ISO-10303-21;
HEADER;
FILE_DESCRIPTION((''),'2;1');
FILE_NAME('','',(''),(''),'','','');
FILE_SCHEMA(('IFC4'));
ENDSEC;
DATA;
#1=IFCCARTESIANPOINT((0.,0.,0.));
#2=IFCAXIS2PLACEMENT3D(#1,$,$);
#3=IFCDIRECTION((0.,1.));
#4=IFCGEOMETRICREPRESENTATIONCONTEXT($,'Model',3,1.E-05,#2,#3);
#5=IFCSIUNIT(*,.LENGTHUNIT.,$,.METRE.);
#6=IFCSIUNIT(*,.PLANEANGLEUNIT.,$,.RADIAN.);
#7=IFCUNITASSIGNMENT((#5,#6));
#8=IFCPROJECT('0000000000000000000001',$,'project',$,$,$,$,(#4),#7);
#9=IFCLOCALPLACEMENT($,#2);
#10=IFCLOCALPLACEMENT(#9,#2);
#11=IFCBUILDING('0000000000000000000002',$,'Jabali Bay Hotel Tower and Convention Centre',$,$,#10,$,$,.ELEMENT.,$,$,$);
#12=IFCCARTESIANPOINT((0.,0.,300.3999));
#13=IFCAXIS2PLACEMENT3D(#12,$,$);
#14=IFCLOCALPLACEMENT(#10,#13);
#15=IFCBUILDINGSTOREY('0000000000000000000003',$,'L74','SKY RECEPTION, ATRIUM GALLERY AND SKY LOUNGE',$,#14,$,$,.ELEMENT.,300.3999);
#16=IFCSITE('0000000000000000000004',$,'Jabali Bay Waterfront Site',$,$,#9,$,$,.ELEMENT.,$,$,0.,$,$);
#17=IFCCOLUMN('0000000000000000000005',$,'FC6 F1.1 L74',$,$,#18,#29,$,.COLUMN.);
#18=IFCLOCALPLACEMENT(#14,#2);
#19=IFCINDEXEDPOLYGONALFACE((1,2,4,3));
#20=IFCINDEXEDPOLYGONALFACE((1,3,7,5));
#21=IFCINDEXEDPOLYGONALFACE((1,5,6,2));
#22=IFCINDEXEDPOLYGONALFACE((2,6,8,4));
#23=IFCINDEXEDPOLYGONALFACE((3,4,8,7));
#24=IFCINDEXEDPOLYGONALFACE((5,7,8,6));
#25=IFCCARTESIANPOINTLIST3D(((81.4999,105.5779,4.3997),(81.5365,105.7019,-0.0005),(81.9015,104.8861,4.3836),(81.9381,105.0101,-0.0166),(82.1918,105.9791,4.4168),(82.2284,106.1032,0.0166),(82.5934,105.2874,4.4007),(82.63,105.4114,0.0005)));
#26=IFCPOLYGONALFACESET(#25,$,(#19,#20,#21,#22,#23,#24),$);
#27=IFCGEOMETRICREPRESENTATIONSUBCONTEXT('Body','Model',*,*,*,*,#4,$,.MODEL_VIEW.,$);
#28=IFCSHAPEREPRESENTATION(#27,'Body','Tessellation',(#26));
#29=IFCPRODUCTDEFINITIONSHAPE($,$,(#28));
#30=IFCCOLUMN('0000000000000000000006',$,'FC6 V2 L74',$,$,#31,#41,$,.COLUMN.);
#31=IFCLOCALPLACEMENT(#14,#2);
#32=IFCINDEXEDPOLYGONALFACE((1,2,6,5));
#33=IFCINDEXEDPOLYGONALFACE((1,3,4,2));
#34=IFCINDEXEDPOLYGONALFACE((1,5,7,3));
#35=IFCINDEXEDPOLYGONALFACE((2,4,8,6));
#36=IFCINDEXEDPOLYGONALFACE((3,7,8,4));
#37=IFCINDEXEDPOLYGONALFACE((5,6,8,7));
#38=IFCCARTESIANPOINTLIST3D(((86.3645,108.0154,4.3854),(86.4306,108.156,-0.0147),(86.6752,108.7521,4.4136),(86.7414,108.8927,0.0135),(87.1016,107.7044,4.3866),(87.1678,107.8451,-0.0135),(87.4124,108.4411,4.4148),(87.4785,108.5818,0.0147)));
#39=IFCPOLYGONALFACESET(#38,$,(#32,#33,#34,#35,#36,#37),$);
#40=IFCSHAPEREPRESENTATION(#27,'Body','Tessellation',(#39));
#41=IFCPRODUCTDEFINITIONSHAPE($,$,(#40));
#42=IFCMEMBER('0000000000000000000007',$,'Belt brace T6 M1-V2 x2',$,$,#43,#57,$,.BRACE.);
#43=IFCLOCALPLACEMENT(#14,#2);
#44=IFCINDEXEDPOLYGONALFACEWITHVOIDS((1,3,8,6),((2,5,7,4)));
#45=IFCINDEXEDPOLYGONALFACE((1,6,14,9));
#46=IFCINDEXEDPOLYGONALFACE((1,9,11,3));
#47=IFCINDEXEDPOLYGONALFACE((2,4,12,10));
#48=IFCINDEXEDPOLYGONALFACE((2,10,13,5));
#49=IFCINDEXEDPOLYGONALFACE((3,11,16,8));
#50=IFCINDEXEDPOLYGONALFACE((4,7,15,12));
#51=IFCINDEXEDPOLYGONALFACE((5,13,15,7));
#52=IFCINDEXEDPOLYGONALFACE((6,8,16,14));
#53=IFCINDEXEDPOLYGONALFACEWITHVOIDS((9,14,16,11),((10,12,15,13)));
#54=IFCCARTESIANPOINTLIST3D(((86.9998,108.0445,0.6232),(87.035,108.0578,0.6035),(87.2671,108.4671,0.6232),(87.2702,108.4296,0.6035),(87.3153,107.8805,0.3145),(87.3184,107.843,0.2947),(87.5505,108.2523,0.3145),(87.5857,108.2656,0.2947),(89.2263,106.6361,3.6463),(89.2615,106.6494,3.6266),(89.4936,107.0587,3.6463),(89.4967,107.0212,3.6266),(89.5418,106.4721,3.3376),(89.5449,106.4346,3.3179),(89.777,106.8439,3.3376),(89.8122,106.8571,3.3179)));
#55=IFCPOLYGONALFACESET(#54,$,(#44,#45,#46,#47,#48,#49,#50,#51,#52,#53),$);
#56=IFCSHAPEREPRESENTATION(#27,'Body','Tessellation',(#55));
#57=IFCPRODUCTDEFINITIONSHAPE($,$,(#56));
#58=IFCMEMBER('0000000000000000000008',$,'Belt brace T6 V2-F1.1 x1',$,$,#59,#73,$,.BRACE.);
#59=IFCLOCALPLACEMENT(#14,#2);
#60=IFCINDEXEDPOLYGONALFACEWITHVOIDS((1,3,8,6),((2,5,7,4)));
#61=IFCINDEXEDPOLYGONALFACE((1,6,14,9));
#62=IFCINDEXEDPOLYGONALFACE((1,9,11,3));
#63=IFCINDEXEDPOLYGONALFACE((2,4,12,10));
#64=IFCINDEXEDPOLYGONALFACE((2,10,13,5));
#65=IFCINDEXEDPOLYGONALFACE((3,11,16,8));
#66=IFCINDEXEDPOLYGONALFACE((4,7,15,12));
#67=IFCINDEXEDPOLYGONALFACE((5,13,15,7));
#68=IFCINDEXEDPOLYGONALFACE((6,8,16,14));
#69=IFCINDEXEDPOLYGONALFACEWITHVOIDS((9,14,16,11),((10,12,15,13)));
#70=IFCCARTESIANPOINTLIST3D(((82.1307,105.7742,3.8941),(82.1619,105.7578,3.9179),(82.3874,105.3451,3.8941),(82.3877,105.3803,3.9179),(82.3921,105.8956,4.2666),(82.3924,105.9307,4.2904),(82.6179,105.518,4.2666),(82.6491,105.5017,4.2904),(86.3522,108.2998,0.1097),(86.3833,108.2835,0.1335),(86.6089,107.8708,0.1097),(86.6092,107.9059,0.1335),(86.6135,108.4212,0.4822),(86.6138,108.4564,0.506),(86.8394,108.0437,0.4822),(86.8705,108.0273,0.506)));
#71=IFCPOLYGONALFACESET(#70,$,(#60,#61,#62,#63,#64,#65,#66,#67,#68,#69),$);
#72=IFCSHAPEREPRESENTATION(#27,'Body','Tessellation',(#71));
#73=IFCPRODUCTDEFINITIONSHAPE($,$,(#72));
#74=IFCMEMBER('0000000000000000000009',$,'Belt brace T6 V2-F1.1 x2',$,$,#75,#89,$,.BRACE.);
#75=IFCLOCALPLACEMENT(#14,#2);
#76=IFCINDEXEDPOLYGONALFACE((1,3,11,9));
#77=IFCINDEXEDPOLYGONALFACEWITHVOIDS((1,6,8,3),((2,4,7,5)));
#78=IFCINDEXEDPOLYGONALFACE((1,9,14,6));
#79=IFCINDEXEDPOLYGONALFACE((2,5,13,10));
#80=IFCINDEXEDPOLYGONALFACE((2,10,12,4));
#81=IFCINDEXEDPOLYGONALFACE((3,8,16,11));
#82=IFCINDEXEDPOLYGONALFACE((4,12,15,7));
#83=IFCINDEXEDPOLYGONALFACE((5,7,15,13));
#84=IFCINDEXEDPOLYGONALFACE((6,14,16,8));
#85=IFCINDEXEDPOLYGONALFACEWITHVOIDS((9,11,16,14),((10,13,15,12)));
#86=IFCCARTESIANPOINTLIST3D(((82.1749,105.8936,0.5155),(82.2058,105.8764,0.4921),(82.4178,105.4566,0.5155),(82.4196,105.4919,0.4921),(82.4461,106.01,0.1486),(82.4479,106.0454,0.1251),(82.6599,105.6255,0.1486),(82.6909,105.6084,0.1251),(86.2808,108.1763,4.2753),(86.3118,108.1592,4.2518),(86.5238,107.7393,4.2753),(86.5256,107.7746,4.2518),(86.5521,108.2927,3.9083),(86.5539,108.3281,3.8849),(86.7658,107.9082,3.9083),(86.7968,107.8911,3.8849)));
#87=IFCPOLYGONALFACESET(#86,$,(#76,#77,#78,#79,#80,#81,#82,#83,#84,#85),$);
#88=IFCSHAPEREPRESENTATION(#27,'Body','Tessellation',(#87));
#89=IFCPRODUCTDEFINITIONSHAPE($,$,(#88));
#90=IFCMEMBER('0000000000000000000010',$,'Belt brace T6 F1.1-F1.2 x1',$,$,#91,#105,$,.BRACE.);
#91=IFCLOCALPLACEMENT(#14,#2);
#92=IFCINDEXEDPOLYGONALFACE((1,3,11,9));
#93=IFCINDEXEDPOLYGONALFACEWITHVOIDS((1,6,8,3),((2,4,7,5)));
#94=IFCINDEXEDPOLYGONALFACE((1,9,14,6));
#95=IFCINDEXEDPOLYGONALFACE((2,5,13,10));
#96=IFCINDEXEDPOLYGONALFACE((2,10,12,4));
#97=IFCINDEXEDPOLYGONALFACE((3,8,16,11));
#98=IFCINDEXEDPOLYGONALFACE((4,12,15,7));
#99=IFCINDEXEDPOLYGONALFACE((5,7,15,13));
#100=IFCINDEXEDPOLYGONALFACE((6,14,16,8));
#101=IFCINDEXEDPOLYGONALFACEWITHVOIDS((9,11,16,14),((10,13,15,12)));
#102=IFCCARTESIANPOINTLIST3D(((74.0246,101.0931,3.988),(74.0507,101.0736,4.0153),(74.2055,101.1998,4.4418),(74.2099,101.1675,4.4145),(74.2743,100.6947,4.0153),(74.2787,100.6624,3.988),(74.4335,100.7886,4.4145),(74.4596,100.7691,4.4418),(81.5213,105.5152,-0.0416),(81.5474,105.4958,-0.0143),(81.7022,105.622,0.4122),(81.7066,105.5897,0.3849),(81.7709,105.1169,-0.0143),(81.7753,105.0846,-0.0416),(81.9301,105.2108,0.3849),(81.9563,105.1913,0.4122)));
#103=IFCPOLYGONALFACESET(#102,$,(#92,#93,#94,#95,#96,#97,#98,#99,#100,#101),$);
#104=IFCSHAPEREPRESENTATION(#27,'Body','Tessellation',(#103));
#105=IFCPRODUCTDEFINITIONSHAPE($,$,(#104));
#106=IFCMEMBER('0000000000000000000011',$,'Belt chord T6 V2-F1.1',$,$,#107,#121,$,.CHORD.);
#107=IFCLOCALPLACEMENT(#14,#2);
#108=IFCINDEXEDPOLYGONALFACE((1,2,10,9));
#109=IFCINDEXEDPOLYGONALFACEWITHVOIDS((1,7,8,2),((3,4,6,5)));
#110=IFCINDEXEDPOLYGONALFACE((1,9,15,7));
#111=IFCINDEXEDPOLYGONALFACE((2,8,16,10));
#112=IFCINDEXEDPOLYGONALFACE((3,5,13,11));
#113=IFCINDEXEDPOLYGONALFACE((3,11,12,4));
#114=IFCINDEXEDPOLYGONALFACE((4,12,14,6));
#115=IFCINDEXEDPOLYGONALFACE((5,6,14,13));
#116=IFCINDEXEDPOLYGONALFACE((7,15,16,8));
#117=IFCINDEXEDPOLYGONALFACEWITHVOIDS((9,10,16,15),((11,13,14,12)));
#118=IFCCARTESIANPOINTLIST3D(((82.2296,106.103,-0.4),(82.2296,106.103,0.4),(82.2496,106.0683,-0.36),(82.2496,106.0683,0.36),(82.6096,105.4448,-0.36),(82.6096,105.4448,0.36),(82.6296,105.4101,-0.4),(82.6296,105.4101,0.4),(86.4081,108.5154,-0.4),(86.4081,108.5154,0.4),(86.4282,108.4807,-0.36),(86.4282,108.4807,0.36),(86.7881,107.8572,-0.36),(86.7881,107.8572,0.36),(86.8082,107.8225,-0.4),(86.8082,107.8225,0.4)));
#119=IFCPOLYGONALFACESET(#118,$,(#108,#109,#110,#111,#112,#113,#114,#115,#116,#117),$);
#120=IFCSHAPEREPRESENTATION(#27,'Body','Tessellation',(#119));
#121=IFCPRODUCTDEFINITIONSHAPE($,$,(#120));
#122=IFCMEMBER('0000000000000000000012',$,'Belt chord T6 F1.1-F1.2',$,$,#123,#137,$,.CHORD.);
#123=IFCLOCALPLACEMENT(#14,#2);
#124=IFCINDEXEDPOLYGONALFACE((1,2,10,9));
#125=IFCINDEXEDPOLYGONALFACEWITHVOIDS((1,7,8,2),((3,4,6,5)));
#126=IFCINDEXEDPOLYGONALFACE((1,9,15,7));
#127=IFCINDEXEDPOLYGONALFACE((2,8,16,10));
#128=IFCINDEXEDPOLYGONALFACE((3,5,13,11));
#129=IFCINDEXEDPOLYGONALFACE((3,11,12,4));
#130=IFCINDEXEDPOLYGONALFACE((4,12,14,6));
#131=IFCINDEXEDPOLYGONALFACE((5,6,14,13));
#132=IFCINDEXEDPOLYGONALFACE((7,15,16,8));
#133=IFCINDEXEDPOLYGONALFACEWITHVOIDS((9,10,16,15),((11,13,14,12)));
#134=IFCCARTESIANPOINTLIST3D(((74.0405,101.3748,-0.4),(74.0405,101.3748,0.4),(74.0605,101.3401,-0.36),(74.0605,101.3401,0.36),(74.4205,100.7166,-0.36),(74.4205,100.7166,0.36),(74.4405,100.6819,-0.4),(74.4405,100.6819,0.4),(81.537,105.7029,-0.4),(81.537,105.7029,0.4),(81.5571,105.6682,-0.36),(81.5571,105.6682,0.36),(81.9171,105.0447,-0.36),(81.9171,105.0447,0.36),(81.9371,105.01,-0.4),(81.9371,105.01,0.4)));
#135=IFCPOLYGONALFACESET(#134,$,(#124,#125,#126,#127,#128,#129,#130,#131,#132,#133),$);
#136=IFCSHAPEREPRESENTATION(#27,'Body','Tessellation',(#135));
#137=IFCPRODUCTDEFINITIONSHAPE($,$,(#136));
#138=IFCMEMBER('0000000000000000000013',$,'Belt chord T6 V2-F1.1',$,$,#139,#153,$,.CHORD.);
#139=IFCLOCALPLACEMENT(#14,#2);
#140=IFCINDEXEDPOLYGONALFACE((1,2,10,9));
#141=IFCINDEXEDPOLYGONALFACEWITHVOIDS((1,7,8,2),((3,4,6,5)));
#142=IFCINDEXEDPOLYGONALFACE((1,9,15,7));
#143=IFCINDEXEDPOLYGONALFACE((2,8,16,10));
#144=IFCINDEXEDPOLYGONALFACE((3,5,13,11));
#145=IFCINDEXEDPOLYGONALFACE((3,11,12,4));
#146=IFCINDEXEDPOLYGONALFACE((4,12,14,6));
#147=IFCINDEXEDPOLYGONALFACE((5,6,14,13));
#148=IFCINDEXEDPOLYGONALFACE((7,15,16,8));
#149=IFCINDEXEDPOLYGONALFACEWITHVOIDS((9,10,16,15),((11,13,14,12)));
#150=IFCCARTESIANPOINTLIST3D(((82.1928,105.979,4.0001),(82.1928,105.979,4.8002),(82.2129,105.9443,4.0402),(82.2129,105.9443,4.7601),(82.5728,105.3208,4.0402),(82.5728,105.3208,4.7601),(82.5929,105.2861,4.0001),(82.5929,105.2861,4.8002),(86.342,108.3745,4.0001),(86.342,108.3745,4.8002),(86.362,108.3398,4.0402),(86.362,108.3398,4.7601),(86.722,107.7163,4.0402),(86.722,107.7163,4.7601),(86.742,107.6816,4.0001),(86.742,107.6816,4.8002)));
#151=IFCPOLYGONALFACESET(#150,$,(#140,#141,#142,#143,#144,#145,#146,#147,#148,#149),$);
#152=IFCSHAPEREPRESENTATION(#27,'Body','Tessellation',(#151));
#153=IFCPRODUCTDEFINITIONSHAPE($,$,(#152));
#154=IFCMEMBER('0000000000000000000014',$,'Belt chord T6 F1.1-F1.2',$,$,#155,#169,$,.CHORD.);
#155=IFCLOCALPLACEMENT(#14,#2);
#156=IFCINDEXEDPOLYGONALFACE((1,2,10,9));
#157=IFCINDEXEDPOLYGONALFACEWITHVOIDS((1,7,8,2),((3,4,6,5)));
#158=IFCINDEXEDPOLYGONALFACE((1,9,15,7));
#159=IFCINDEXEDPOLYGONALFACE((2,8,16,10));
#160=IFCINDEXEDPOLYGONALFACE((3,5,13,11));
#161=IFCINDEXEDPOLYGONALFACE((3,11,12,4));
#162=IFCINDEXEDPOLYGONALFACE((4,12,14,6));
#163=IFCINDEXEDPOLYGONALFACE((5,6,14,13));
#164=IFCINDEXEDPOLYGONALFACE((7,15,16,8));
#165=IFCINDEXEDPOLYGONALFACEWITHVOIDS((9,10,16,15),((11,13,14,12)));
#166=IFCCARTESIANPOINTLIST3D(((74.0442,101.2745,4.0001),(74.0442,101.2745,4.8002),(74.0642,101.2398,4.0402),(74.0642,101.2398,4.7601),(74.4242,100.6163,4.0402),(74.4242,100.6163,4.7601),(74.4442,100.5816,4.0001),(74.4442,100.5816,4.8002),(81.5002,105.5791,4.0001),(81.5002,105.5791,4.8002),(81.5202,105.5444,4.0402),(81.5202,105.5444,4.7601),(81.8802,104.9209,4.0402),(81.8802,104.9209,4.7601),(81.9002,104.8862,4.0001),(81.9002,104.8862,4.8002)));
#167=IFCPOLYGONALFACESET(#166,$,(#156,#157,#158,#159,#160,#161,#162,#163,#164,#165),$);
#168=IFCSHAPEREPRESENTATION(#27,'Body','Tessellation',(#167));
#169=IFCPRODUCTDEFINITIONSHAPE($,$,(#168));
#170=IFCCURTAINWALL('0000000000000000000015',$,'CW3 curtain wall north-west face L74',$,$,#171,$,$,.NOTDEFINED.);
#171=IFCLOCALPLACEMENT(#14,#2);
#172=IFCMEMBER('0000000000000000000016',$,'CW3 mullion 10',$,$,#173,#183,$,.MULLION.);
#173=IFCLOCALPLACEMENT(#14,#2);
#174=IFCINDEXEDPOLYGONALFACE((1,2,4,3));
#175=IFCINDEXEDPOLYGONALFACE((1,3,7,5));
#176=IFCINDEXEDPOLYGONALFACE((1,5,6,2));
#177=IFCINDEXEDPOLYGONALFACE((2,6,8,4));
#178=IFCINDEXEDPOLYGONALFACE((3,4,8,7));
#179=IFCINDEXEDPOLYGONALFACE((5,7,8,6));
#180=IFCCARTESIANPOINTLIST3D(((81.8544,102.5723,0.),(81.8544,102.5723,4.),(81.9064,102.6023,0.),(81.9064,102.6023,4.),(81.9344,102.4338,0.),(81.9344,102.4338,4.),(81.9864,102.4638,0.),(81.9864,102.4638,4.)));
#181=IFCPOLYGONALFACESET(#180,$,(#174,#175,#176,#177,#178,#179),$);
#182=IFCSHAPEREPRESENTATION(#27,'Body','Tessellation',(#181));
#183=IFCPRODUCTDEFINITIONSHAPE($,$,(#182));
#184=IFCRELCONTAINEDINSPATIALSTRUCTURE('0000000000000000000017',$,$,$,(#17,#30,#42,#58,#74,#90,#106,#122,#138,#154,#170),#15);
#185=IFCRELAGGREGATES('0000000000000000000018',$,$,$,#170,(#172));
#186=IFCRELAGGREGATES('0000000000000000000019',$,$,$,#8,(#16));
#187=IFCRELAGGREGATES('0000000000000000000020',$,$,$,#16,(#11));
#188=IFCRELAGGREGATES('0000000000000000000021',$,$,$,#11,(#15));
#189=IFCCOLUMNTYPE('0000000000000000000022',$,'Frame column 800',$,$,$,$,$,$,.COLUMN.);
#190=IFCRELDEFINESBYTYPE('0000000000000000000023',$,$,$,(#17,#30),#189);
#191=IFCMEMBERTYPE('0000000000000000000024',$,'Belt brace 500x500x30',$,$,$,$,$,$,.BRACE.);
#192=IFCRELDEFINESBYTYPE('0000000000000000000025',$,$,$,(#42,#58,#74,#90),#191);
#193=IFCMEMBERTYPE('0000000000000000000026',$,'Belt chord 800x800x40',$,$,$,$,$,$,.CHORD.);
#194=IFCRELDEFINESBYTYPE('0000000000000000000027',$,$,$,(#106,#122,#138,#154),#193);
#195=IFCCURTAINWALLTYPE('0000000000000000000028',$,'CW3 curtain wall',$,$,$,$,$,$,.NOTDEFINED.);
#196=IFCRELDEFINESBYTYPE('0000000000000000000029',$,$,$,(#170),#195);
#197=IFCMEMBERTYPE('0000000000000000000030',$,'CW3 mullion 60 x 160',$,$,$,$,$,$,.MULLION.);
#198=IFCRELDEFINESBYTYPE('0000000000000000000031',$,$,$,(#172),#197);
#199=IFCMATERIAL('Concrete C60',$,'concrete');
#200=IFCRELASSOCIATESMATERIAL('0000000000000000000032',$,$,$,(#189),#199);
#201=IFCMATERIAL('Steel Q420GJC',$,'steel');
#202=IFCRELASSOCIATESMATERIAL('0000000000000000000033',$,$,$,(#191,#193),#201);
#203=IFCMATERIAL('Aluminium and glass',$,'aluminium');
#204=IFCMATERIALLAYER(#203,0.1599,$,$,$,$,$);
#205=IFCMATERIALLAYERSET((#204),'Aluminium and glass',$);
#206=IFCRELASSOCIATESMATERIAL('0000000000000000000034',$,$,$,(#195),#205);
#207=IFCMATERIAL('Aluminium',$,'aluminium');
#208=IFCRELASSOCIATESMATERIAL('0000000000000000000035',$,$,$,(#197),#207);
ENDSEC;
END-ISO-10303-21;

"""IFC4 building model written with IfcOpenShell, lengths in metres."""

from ifc_helpers import new_model, si_unit, direction, frame, origin, origin_2d, place, context, subcontext, project, spatial, rectangle, hollow_rectangle, extrude, material, layer, layer_set, material_profile, profile_set, type_object, element, aggregate, save


model = new_model("IFC4")

# Units and contexts
model_context = context("Model", 3, precision=1e-05, world=origin(), true_north=direction((0.0, 1.0)))
body_context = subcontext(model_context, "Body", "Model", "MODEL_VIEW")
ifc_project = project(units=[si_unit("LENGTHUNIT", "METRE"), si_unit("PLANEANGLEUNIT", "RADIAN")], contexts=[model_context])

# Site, building, storey
site_placement = place(None, origin())
site = spatial("IfcSite", under=ifc_project, at=site_placement, Name="Jabali Bay Waterfront Site", CompositionType="ELEMENT", RefElevation=0.0)
building_placement = place(site_placement, origin())
building = spatial("IfcBuilding", under=site, at=building_placement, Name="Jabali Bay Hotel Tower and Convention Centre", CompositionType="ELEMENT")
storey_placement = place(building_placement, frame((0.0, 0.0, 300.3999)))
storey = spatial("IfcBuildingStorey", under=building, at=storey_placement, Name="L74", Description="SKY RECEPTION, ATRIUM GALLERY AND SKY LOUNGE", CompositionType="ELEMENT", Elevation=300.3999)

# Columns
ifc_material_1 = material(Name="Concrete C60", Category="concrete")
ifc_material_profile_1 = material_profile(ifc_material_1, rectangle(XDim=0.8, YDim=0.8, at=origin_2d()), Name="Frame column 800")
ifc_profile_set_1 = profile_set([ifc_material_profile_1], Name="Concrete C60")
column_type = type_object("IfcColumnType", Name="Frame column 800", PredefinedType="COLUMN", material=ifc_profile_set_1)
column_1_placement = place(storey_placement, frame((82.0833, 105.5566, 0.0), z_axis=(-0.008319, -0.028174, 0.999568), x_axis=(0.864859, 0.501562, 0.021335)))
element("IfcColumn", 1, at=column_1_placement, inside=storey, type_object=column_type, Name="FC6 F1.1 L74", PredefinedType="COLUMN", context=body_context, shape_type="SweptSolid", body=[
    extrude(rectangle(XDim=0.8, YDim=0.8, at=origin_2d()), origin(), (0.0, 0.0, 1.0), 4.4021),
])
column_2_placement = place(storey_placement, frame((86.9546, 108.3689, 0.0), z_axis=(-0.015027, -0.031939, 0.999377), x_axis=(0.921361, -0.388706, 0.001431)))
element("IfcColumn", 2, at=column_2_placement, inside=storey, type_object=column_type, Name="FC6 V2 L74", PredefinedType="COLUMN", context=body_context, shape_type="SweptSolid", body=[
    extrude(rectangle(XDim=0.8, YDim=0.8, at=origin_2d()), origin(), (0.0, 0.0, 1.0), 4.4028),
])

# Members
ifc_material_2 = material(Name="Steel Q420GJC", Category="steel")
ifc_material_profile_2 = material_profile(ifc_material_2, hollow_rectangle(XDim=0.5, YDim=0.5, WallThickness=0.03, at=origin_2d()), Name="Belt brace 500x500x30")
ifc_profile_set_2 = profile_set([ifc_material_profile_2], Name="Steel Q420GJC")
member_type_1 = type_object("IfcMemberType", Name="Belt brace 500x500x30", PredefinedType="BRACE", material=ifc_profile_set_2)
member_1_placement = place(storey_placement, frame((87.2927, 108.155, 0.459), z_axis=(0.555237, -0.351224, 0.753892), x_axis=(0.534589, 0.845112, 0.0)))
element("IfcMember", 3, at=member_1_placement, inside=storey, type_object=member_type_1, Name="Belt brace T6 M1-V2 x2", PredefinedType="BRACE", context=body_context, shape_type="SweptSolid", body=[
    extrude(hollow_rectangle(XDim=0.5, YDim=0.5, WallThickness=0.03, at=origin_2d()), origin(), (0.0, 0.0, 1.0), 4.01),
])
member_2_placement = place(storey_placement, frame((86.6113, 108.1636, 0.3079), z_axis=(-0.680159, -0.406931, 0.609747), x_axis=(0.513415, -0.85814, 0.0)))
element("IfcMember", 4, at=member_2_placement, inside=storey, type_object=member_type_1, Name="Belt brace T6 V2-F1.1 x1", PredefinedType="BRACE", context=body_context, shape_type="SweptSolid", body=[
    extrude(hollow_rectangle(XDim=0.5, YDim=0.5, WallThickness=0.03, at=origin_2d()), origin(), (0.0, 0.0, 1.0), 6.2065),
])
member_3_placement = place(storey_placement, frame((82.4329, 105.751, 0.3203), z_axis=(0.682381, 0.379371, 0.624847), x_axis=(-0.485908, 0.87401, 0.0)))
element("IfcMember", 5, at=member_3_placement, inside=storey, type_object=member_type_1, Name="Belt brace T6 V2-F1.1 x2", PredefinedType="BRACE", context=body_context, shape_type="SweptSolid", body=[
    extrude(hollow_rectangle(XDim=0.5, YDim=0.5, WallThickness=0.03, at=origin_2d()), origin(), (0.0, 0.0, 1.0), 6.0171),
])
member_4_placement = place(storey_placement, frame((81.7388, 105.3533, 0.1853), z_axis=(-0.781611, -0.46106, 0.420129), x_axis=(0.508075, -0.861313, 0.0)))
element("IfcMember", 6, at=member_4_placement, inside=storey, type_object=member_type_1, Name="Belt brace T6 F1.1-F1.2 x1", PredefinedType="BRACE", context=body_context, shape_type="SweptSolid", body=[
    extrude(hollow_rectangle(XDim=0.5, YDim=0.5, WallThickness=0.03, at=origin_2d()), origin(), (0.0, 0.0, 1.0), 9.5913),
])
ifc_material_profile_3 = material_profile(ifc_material_2, hollow_rectangle(XDim=0.8, YDim=0.8, WallThickness=0.04, at=origin_2d()), Name="Belt chord 800x800x40")
ifc_profile_set_3 = profile_set([ifc_material_profile_3], Name="Steel Q420GJC")
member_type_2 = type_object("IfcMemberType", Name="Belt chord 800x800x40", PredefinedType="CHORD", material=ifc_profile_set_3)
member_5_placement = place(storey_placement, frame((86.6082, 108.1689, 0.0), z_axis=(-0.866033, -0.499987, 0.0), x_axis=(0.499987, -0.866033, 0.0)))
element("IfcMember", 7, at=member_5_placement, inside=storey, type_object=member_type_2, Name="Belt chord T6 V2-F1.1", PredefinedType="CHORD", context=body_context, shape_type="SweptSolid", body=[
    extrude(hollow_rectangle(XDim=0.8, YDim=0.8, WallThickness=0.04, at=origin_2d()), origin(), (0.0, 0.0, 1.0), 4.825),
])
member_6_placement = place(storey_placement, frame((81.7371, 105.3564, 0.0), z_axis=(-0.866027, -0.499998, 0.0), x_axis=(0.499998, -0.866027, 0.0)))
element("IfcMember", 8, at=member_6_placement, inside=storey, type_object=member_type_2, Name="Belt chord T6 F1.1-F1.2", PredefinedType="CHORD", context=body_context, shape_type="SweptSolid", body=[
    extrude(hollow_rectangle(XDim=0.8, YDim=0.8, WallThickness=0.04, at=origin_2d()), origin(), (0.0, 0.0, 1.0), 8.6562),
])
member_7_placement = place(storey_placement, frame((86.542, 108.0281, 4.4001), z_axis=(-0.866027, -0.499997, 0.0), x_axis=(0.499997, -0.866027, 0.0)))
element("IfcMember", 9, at=member_7_placement, inside=storey, type_object=member_type_2, Name="Belt chord T6 V2-F1.1", PredefinedType="CHORD", context=body_context, shape_type="SweptSolid", body=[
    extrude(hollow_rectangle(XDim=0.8, YDim=0.8, WallThickness=0.04, at=origin_2d()), origin(), (0.0, 0.0, 1.0), 4.791),
])
member_8_placement = place(storey_placement, frame((81.7002, 105.2327, 4.4001), z_axis=(-0.866029, -0.499994, 0.0), x_axis=(0.499994, -0.866029, 0.0)))
element("IfcMember", 10, at=member_8_placement, inside=storey, type_object=member_type_2, Name="Belt chord T6 F1.1-F1.2", PredefinedType="CHORD", context=body_context, shape_type="SweptSolid", body=[
    extrude(hollow_rectangle(XDim=0.8, YDim=0.8, WallThickness=0.04, at=origin_2d()), origin(), (0.0, 0.0, 1.0), 8.6094),
])

# Curtain wall, member
ifc_material_3 = material(Name="Aluminium and glass", Category="aluminium")
ifc_layer_1 = layer(ifc_material_3, 0.1599)
ifc_layer_set_1 = layer_set([ifc_layer_1], Name="Aluminium and glass")
curtain_wall_type = type_object("IfcCurtainWallType", Name="CW3 curtain wall", PredefinedType="NOTDEFINED", material=ifc_layer_set_1)
curtain_wall_placement = place(storey_placement, origin())
curtain_wall = element("IfcCurtainWall", 11, at=curtain_wall_placement, inside=storey, type_object=curtain_wall_type, Name="CW3 curtain wall north-west face L74", PredefinedType="NOTDEFINED")
ifc_material_4 = material(Name="Aluminium", Category="aluminium")
ifc_material_profile_4 = material_profile(ifc_material_4, rectangle(XDim=0.1599, YDim=0.0601, at=origin_2d()), Name="CW3 mullion 60 x 160")
ifc_profile_set_4 = profile_set([ifc_material_profile_4], Name="Aluminium")
member_type_3 = type_object("IfcMemberType", Name="CW3 mullion 60 x 160", PredefinedType="MULLION", material=ifc_profile_set_4)
member_9_placement = place(storey_placement, frame((81.9204, 102.5181, 0.0), z_axis=(0.0, 0.0, 1.0), x_axis=(-0.5, 0.866025, 0.0)))
member_9 = element("IfcMember", 12, at=member_9_placement, type_object=member_type_3, Name="CW3 mullion 10", PredefinedType="MULLION", context=body_context, shape_type="SweptSolid", body=[
    extrude(rectangle(XDim=0.1599, YDim=0.0601, at=origin_2d()), origin(), (0.0, 0.0, 1.0), 4.0),
])

aggregate(curtain_wall, [member_9])

save(model, "model.ifc")
